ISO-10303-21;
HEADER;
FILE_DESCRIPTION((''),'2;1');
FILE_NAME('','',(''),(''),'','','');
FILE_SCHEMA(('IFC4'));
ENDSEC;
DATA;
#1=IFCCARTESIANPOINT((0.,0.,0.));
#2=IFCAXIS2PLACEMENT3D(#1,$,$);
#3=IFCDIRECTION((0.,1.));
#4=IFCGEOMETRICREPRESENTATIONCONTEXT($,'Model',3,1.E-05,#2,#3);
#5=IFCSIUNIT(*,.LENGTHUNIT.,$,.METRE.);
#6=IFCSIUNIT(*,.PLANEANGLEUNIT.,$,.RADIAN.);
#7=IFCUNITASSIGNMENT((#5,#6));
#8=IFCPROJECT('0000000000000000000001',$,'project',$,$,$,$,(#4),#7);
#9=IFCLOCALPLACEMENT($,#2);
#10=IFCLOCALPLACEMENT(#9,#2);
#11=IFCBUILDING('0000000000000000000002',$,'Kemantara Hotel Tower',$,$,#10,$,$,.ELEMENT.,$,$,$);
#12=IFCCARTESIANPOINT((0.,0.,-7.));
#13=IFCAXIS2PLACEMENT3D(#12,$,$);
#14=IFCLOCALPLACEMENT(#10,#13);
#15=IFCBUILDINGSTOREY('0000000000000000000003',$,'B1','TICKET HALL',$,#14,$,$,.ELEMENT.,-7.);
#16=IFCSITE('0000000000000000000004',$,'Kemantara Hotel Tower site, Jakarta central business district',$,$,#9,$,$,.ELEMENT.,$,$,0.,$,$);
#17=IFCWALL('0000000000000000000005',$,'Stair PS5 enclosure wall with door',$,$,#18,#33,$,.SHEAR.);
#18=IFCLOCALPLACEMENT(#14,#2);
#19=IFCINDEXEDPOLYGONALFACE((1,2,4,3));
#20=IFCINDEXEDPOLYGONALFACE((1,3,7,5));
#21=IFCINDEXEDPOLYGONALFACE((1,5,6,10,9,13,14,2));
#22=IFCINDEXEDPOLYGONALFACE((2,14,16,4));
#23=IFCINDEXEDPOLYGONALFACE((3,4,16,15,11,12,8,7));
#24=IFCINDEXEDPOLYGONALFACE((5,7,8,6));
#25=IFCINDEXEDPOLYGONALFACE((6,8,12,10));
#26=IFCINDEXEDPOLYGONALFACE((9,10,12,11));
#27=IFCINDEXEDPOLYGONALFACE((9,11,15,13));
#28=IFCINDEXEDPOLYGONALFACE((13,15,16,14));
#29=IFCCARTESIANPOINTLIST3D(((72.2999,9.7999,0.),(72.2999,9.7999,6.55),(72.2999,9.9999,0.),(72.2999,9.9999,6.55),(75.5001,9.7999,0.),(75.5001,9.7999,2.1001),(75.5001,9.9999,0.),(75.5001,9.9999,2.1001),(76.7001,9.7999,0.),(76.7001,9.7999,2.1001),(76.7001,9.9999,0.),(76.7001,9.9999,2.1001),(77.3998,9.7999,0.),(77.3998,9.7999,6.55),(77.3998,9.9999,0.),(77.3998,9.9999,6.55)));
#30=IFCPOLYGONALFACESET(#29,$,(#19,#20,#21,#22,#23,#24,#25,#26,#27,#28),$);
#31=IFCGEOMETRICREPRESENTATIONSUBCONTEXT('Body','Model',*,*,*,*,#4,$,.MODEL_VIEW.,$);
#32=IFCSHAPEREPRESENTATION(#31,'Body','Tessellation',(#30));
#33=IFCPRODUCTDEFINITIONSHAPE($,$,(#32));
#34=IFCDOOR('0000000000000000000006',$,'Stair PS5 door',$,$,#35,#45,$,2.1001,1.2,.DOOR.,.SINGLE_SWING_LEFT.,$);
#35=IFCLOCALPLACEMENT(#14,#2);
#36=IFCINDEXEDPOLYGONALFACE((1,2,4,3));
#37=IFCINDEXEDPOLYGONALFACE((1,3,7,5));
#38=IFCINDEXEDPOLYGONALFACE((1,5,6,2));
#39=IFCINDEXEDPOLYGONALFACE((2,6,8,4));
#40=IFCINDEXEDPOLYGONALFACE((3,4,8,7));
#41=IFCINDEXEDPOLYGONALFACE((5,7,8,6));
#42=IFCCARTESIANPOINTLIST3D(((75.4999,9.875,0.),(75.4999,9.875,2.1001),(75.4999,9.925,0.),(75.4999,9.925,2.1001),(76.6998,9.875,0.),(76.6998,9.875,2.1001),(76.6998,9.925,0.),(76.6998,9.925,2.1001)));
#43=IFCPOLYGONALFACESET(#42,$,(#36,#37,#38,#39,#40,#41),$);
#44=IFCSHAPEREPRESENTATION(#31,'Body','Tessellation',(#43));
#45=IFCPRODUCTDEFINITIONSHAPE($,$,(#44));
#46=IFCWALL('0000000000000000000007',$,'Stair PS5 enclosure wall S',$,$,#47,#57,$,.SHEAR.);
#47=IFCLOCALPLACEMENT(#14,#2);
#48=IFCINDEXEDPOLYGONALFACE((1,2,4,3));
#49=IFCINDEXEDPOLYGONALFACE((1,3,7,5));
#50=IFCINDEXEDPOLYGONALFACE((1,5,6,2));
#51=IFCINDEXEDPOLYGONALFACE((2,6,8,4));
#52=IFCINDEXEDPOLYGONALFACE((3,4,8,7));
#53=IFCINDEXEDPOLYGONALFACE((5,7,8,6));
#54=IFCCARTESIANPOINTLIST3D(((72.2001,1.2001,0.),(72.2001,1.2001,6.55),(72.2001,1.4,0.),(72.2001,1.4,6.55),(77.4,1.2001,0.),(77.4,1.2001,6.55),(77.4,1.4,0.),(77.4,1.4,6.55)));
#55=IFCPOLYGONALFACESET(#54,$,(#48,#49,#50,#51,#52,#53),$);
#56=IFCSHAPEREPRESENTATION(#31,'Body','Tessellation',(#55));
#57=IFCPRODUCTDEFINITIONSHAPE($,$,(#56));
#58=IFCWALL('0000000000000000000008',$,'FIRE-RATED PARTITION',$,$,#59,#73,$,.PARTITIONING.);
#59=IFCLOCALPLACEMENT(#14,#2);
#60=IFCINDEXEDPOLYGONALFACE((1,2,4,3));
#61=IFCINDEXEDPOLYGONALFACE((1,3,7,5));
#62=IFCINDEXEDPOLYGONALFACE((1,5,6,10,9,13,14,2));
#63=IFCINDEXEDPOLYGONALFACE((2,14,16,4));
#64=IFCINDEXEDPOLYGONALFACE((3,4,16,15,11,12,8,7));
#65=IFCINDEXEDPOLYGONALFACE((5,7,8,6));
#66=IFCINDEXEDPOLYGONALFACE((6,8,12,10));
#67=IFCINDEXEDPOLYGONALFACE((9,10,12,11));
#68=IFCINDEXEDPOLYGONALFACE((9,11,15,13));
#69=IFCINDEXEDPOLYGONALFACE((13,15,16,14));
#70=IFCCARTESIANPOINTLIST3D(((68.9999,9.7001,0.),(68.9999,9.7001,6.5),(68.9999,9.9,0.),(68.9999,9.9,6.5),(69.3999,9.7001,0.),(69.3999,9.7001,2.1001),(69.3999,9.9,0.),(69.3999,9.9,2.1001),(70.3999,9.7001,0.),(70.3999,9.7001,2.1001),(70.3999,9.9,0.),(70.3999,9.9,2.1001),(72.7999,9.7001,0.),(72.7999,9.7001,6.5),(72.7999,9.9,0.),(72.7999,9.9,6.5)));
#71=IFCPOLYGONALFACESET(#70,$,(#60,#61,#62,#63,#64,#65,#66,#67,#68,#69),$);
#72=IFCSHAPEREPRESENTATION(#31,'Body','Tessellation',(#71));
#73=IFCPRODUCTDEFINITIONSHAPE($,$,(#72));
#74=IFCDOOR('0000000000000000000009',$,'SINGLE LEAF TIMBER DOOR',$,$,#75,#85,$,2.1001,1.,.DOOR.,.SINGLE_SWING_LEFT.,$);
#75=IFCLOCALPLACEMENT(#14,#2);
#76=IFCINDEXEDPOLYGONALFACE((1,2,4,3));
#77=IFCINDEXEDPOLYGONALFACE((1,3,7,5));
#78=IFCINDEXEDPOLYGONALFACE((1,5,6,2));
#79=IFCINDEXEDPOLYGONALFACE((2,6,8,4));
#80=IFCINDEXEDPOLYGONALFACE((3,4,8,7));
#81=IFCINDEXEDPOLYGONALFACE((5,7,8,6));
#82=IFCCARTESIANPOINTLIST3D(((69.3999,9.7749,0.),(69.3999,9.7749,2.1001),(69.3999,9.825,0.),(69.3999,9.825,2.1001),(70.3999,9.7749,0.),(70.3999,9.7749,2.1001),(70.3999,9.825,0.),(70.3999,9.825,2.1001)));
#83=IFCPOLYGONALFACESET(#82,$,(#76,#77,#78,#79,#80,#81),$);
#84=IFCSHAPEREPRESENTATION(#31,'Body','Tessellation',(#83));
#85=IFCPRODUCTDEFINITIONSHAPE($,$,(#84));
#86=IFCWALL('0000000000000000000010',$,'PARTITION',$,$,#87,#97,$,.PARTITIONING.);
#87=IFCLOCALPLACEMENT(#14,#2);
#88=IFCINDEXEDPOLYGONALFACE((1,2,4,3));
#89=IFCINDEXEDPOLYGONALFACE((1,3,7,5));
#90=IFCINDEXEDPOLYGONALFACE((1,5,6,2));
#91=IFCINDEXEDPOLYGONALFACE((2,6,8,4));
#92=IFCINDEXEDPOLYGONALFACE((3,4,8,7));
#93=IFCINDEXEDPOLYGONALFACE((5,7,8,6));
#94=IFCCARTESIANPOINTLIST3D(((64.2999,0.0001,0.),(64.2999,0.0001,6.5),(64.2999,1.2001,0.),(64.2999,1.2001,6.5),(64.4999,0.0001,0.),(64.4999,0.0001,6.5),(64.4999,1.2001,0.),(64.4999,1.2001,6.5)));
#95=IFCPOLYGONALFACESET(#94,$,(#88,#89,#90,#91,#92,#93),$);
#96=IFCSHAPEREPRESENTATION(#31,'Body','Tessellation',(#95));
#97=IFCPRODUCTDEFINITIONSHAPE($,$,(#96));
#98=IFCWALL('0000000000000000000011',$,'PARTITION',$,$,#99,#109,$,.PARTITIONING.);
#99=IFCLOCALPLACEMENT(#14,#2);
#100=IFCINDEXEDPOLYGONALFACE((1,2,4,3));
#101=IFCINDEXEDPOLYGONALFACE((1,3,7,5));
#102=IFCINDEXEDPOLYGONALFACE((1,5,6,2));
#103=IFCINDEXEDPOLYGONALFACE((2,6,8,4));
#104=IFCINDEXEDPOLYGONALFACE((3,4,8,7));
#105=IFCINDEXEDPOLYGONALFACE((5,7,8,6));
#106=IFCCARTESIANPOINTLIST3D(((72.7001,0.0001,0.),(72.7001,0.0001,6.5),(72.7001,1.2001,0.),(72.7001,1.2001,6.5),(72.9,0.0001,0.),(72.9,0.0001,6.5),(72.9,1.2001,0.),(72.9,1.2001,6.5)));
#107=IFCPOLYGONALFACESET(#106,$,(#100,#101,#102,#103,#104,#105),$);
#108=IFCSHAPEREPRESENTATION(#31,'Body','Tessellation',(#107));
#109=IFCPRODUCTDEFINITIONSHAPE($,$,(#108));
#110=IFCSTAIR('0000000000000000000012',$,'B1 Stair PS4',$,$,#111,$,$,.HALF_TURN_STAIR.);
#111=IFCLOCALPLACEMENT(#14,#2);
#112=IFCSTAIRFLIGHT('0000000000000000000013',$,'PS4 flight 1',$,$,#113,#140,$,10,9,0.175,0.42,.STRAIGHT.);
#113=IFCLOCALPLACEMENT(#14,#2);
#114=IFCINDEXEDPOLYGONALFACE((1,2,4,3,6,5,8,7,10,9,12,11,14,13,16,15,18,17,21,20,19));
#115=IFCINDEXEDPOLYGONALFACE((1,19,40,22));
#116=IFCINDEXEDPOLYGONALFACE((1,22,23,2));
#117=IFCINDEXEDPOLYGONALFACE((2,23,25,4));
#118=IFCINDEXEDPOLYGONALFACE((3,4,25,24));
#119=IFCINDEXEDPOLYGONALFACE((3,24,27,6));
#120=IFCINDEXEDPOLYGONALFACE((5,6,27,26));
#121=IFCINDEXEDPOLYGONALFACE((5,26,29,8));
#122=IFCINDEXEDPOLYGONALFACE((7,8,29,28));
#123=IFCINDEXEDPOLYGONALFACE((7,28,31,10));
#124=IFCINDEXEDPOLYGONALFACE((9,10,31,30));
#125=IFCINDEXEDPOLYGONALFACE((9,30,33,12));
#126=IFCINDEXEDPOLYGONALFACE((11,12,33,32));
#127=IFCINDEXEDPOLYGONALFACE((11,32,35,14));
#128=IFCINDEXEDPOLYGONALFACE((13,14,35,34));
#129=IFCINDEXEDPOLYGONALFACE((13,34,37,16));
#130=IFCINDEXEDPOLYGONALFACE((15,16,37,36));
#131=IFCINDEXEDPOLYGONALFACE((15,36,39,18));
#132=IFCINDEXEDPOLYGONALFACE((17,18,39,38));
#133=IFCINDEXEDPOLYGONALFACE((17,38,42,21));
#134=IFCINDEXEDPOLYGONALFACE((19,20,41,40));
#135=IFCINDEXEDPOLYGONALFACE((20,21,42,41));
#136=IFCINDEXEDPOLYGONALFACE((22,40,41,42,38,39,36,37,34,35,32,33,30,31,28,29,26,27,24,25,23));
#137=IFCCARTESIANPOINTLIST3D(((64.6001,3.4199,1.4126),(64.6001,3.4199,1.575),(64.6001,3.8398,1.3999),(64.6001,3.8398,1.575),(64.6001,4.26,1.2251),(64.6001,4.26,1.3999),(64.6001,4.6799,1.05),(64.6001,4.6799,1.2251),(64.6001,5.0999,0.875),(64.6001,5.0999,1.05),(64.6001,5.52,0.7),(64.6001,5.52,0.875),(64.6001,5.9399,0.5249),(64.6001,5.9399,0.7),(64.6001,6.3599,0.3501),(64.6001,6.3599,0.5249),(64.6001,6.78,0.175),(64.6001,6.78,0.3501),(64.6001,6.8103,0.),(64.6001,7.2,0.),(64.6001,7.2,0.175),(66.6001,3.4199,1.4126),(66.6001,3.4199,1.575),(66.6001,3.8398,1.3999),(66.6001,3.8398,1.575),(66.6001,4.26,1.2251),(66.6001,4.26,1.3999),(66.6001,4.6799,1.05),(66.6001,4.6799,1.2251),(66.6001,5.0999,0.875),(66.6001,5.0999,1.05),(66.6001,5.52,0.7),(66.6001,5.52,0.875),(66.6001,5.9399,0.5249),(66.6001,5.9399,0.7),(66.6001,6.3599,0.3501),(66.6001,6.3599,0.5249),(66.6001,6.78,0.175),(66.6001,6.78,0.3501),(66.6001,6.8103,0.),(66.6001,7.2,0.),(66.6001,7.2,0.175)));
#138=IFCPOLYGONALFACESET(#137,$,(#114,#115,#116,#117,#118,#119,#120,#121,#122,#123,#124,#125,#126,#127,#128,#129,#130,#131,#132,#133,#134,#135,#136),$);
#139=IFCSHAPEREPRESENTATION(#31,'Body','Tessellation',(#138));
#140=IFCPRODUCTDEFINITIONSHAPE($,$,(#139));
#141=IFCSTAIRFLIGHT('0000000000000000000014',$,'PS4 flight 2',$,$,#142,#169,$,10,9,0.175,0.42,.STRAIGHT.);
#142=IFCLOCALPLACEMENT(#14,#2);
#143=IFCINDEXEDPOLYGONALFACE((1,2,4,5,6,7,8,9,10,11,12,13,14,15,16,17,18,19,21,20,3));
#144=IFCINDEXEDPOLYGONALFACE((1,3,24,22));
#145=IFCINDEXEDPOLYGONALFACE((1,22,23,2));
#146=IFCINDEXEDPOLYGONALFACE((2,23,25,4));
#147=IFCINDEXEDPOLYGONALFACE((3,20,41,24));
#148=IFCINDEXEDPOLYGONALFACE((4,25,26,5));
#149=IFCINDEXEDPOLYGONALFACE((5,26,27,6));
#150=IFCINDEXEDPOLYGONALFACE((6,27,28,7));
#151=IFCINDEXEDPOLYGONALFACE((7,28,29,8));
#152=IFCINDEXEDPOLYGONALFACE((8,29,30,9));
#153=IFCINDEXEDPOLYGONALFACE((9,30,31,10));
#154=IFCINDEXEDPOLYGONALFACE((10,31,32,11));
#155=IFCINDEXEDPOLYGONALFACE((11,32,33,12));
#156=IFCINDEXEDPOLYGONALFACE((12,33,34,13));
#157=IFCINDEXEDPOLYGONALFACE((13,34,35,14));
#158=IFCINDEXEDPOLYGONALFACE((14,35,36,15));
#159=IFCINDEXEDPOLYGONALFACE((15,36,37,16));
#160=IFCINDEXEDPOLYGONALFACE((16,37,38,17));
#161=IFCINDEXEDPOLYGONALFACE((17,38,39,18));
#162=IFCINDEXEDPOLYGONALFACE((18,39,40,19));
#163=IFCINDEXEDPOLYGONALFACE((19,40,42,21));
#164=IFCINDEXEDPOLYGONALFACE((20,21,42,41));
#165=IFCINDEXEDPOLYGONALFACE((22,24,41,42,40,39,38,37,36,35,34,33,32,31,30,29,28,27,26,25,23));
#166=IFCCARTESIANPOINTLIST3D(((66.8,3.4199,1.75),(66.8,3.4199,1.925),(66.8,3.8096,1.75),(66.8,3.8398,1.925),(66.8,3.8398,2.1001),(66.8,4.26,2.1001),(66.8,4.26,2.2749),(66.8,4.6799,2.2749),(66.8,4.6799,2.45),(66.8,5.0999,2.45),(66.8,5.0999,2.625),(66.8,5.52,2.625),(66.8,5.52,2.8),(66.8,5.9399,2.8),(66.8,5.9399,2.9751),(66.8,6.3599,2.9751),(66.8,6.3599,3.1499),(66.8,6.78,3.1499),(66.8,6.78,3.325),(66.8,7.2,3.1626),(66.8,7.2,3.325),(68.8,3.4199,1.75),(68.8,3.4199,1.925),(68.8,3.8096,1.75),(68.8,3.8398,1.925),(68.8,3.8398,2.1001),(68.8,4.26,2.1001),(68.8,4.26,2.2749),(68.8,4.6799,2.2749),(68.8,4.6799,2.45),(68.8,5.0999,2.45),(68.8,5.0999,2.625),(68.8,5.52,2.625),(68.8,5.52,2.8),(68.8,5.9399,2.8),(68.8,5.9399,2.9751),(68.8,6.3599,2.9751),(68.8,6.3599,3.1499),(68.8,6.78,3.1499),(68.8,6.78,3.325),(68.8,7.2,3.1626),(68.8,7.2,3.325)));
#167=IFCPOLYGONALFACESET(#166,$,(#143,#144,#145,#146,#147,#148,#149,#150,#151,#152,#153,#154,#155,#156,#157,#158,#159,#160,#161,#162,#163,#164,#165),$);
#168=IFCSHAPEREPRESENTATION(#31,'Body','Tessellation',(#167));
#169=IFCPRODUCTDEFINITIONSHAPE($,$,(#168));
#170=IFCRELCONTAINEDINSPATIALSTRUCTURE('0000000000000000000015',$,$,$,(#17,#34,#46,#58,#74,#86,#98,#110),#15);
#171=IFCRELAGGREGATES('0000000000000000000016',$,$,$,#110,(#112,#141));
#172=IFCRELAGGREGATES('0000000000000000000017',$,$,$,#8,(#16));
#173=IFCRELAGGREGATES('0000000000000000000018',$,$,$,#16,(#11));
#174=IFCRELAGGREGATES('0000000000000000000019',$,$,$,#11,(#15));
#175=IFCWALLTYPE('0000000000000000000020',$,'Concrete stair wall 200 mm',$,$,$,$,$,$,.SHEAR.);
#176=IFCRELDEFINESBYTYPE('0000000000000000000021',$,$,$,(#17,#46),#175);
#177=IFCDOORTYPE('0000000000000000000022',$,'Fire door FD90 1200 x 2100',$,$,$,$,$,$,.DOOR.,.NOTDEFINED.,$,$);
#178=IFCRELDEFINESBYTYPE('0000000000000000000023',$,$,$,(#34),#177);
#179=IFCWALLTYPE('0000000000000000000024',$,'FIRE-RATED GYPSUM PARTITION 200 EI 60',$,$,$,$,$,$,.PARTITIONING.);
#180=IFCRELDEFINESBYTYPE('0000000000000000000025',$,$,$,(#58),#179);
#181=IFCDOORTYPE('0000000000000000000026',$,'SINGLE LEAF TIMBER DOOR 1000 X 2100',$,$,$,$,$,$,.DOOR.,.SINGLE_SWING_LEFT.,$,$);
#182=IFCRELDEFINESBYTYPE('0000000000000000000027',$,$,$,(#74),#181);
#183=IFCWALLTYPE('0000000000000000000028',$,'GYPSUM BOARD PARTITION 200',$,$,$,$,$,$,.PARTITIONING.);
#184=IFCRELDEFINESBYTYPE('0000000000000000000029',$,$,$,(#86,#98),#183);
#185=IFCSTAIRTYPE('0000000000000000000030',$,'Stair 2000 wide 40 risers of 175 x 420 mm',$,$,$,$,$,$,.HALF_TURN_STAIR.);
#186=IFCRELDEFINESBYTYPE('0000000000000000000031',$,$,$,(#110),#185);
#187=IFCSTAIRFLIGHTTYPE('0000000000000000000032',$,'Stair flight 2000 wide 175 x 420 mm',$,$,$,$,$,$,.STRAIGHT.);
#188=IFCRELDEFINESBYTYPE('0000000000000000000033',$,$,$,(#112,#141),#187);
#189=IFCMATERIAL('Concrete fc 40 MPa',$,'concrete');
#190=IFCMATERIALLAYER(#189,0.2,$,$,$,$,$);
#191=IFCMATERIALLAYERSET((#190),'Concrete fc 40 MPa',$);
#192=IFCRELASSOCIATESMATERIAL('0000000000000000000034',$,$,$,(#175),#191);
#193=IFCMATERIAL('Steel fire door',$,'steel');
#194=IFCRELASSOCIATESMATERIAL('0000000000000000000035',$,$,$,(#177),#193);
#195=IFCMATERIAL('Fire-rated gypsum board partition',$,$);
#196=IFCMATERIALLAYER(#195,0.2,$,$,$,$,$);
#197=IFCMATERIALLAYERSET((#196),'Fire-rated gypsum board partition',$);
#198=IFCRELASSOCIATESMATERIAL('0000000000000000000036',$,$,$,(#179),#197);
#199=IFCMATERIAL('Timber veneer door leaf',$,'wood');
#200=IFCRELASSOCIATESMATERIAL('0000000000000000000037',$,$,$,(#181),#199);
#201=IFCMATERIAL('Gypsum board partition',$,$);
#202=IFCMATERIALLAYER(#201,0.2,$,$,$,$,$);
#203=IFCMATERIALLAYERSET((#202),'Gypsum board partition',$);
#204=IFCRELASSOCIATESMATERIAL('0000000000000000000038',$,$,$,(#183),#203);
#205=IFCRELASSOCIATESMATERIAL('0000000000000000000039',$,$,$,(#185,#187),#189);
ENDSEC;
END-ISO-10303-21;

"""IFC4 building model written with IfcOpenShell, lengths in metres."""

from ifc_helpers import new_model, si_unit, direction, frame, frame_2d, origin, place, context, subcontext, project, spatial, polyline, rectangle, outline, extrude, material, layer, layer_set, type_object, element, fill, aggregate, save


model = new_model("IFC4")

# Units and contexts
model_context = context("Model", 3, precision=1e-05, world=origin(), true_north=direction((0.0, 1.0)))
body_context = subcontext(model_context, "Body", "Model", "MODEL_VIEW")
ifc_project = project(units=[si_unit("LENGTHUNIT", "METRE"), si_unit("PLANEANGLEUNIT", "RADIAN")], contexts=[model_context])

# Site, building, storey
site_placement = place(None, origin())
site = spatial("IfcSite", under=ifc_project, at=site_placement, Name="Kemantara Hotel Tower site, Jakarta central business district", CompositionType="ELEMENT", RefElevation=0.0)
building_placement = place(site_placement, origin())
building = spatial("IfcBuilding", under=site, at=building_placement, Name="Kemantara Hotel Tower", CompositionType="ELEMENT")
storey_placement = place(building_placement, frame((0.0, 0.0, -7.0)))
storey = spatial("IfcBuildingStorey", under=building, at=storey_placement, Name="B1", Description="TICKET HALL", CompositionType="ELEMENT", Elevation=-7.0)

# Shared definitions
ifc_material_1 = material(Name="Concrete fc 40 MPa", Category="concrete")
ifc_layer_1 = layer(ifc_material_1, 0.2)
ifc_layer_set_1 = layer_set([ifc_layer_1], Name="Concrete fc 40 MPa")
wall_type_1 = type_object("IfcWallType", Name="Concrete stair wall 200 mm", PredefinedType="SHEAR", material=ifc_layer_set_1)
ifc_material_2 = material(Name="Steel fire door", Category="steel")
door_type_1 = type_object("IfcDoorType", Name="Fire door FD90 1200 x 2100", OperationType="NOTDEFINED", PredefinedType="DOOR", material=ifc_material_2)

# Wall, opening, door
wall_1_placement = place(storey_placement, frame((72.3, 9.8999, 0.0), z_axis=(0.0, 0.0, 1.0), x_axis=(1.0, 0.0, 0.0)))
wall_1 = element("IfcWall", 1, at=wall_1_placement, inside=storey, type_object=wall_type_1, Name="Stair PS5 enclosure wall with door", PredefinedType="SHEAR", context=body_context, shape_type="SweptSolid", body=[
    extrude(rectangle(XDim=5.0999, YDim=0.2, at=frame_2d((2.5498, 0.0))), origin(), (0.0, 0.0, 1.0), 6.55),
])
opening_1_placement = place(wall_1_placement, frame((3.2, 0.0, 0.0)))
opening_1 = element("IfcOpeningElement", 2, at=opening_1_placement, cuts=wall_1, PredefinedType="OPENING", context=body_context, shape_type="SweptSolid", body=[
    extrude(rectangle(XDim=1.2, YDim=2.1001, at=frame_2d((0.6001, 1.05))), frame((0.0, 0.1099, 0.0), z_axis=(0.0, -1.0, 0.0), x_axis=(1.0, 0.0, 0.0)), (0.0, 0.0, 1.0), 0.22),
])
door_1_placement = place(opening_1_placement, frame((1.2, 0.0, 0.0), z_axis=(0.0, 0.0, 1.0), x_axis=(-1.0, 0.0, 0.0)))
door_1 = element("IfcDoor", 3, at=door_1_placement, inside=storey, type_object=door_type_1, Name="Stair PS5 door", OperationType="SINGLE_SWING_LEFT", OverallHeight=2.1001, OverallWidth=1.2, PredefinedType="DOOR", context=body_context, shape_type="SweptSolid", body=[
    extrude(rectangle(XDim=1.2, YDim=2.1001, at=frame_2d((0.6001, 1.05))), frame((0.0, 0.0249, 0.0), z_axis=(0.0, -1.0, 0.0), x_axis=(1.0, 0.0, 0.0)), (0.0, 0.0, 1.0), 0.05),
])
fill(opening_1, door_1)

# Wall
wall_2_placement = place(storey_placement, frame((72.2, 1.3, 0.0), z_axis=(0.0, 0.0, 1.0), x_axis=(1.0, 0.0, 0.0)))
element("IfcWall", 4, at=wall_2_placement, inside=storey, type_object=wall_type_1, Name="Stair PS5 enclosure wall S", PredefinedType="SHEAR", context=body_context, shape_type="SweptSolid", body=[
    extrude(rectangle(XDim=5.2, YDim=0.2, at=frame_2d((2.6001, 0.0))), origin(), (0.0, 0.0, 1.0), 6.55),
])

# Wall, opening, door
ifc_material_3 = material(Name="Fire-rated gypsum board partition")
ifc_layer_2 = layer(ifc_material_3, 0.2)
ifc_layer_set_2 = layer_set([ifc_layer_2], Name="Fire-rated gypsum board partition")
wall_type_2 = type_object("IfcWallType", Name="FIRE-RATED GYPSUM PARTITION 200 EI 60", PredefinedType="PARTITIONING", material=ifc_layer_set_2)
wall_3_placement = place(storey_placement, frame((69.0, 9.8, 0.0), z_axis=(0.0, 0.0, 1.0), x_axis=(1.0, 0.0, 0.0)))
wall_3 = element("IfcWall", 5, at=wall_3_placement, inside=storey, type_object=wall_type_2, Name="FIRE-RATED PARTITION", PredefinedType="PARTITIONING", context=body_context, shape_type="SweptSolid", body=[
    extrude(rectangle(XDim=3.8, YDim=0.2, at=frame_2d((1.8999, 0.0))), origin(), (0.0, 0.0, 1.0), 6.5),
])
opening_2_placement = place(wall_3_placement, frame((0.3999, 0.0, 0.0)))
opening_2 = element("IfcOpeningElement", 6, at=opening_2_placement, cuts=wall_3, PredefinedType="OPENING", context=body_context, shape_type="SweptSolid", body=[
    extrude(rectangle(XDim=1.0, YDim=2.1001, at=frame_2d((0.5, 1.05))), frame((0.0, 0.1099, 0.0), z_axis=(0.0, -1.0, 0.0), x_axis=(1.0, 0.0, 0.0)), (0.0, 0.0, 1.0), 0.22),
])
ifc_material_4 = material(Name="Timber veneer door leaf", Category="wood")
door_type_2 = type_object("IfcDoorType", Name="SINGLE LEAF TIMBER DOOR 1000 X 2100", OperationType="SINGLE_SWING_LEFT", PredefinedType="DOOR", material=ifc_material_4)
door_2_placement = place(opening_2_placement, origin())
door_2 = element("IfcDoor", 7, at=door_2_placement, inside=storey, type_object=door_type_2, Name="SINGLE LEAF TIMBER DOOR", OperationType="SINGLE_SWING_LEFT", OverallHeight=2.1001, OverallWidth=1.0, PredefinedType="DOOR", context=body_context, shape_type="SweptSolid", body=[
    extrude(rectangle(XDim=1.0, YDim=2.1001, at=frame_2d((0.5, 1.05))), frame((0.0, 0.0249, 0.0), z_axis=(0.0, -1.0, 0.0), x_axis=(1.0, 0.0, 0.0)), (0.0, 0.0, 1.0), 0.05),
])
fill(opening_2, door_2)

# Walls
ifc_material_5 = material(Name="Gypsum board partition")
ifc_layer_3 = layer(ifc_material_5, 0.2)
ifc_layer_set_3 = layer_set([ifc_layer_3], Name="Gypsum board partition")
wall_type_3 = type_object("IfcWallType", Name="GYPSUM BOARD PARTITION 200", PredefinedType="PARTITIONING", material=ifc_layer_set_3)
for number, where, z_axis, x_axis, name in (
    (8, (64.3999, 0.0, 0.0), (0.0, 0.0, 1.0), (0.0, 1.0, 0.0), "PARTITION"),
    (9, (72.8, 0.0, 0.0), (0.0, 0.0, 1.0), (0.0, 1.0, 0.0), "PARTITION"),
):
    element("IfcWall", number, at=place(storey_placement, frame(where, z_axis=z_axis, x_axis=x_axis)), inside=storey, type_object=wall_type_3, Name=name, PredefinedType="PARTITIONING", context=body_context, shape_type="SweptSolid", body=[
        extrude(rectangle(XDim=1.2, YDim=0.2, at=frame_2d((0.6001, 0.0))), origin(), (0.0, 0.0, 1.0), 6.5),
    ])

# Stair, stair flights
stair_type = type_object("IfcStairType", Name="Stair 2000 wide 40 risers of 175 x 420 mm", PredefinedType="HALF_TURN_STAIR", material=ifc_material_1)
stair_placement = place(storey_placement, origin())
stair = element("IfcStair", 10, at=stair_placement, inside=storey, type_object=stair_type, Name="B1 Stair PS4", PredefinedType="HALF_TURN_STAIR")
stair_flight_type = type_object("IfcStairFlightType", Name="Stair flight 2000 wide 175 x 420 mm", PredefinedType="STRAIGHT", material=ifc_material_1)
stair_flight_1_placement = place(storey_placement, frame((65.6001, 7.2, 0.0), z_axis=(0.0, 0.0, 1.0), x_axis=(0.0, -1.0, 0.0)))
stair_flight_1 = element("IfcStairFlight", 11, at=stair_flight_1_placement, type_object=stair_flight_type, Name="PS4 flight 1", NumberOfRisers=10, NumberOfTreads=9, PredefinedType="STRAIGHT", RiserHeight=0.175, TreadLength=0.42, context=body_context, shape_type="SweptSolid", body=[
    extrude(outline(polyline([(0.0, 0.0), (0.0, 0.175), (0.4199, 0.175), (0.4199, 0.3501), (0.8401, 0.3501), (0.8401, 0.5249), (1.26, 0.5249), (1.26, 0.7), (1.6799, 0.7), (1.6799, 0.875), (2.1001, 0.875), (2.1001, 1.05), (2.52, 1.05), (2.52, 1.2251), (2.9399, 1.2251), (2.9399, 1.3999), (3.3601, 1.3999), (3.3601, 1.575), (3.78, 1.575), (3.78, 1.75), (3.78, 1.4126), (0.3896, 0.0), (0.0, 0.0)])), frame((0.0, 1.0, 0.0), z_axis=(0.0, -1.0, 0.0), x_axis=(1.0, 0.0, 0.0)), (0.0, 0.0, 1.0), 2.0),
])
stair_flight_2_placement = place(storey_placement, frame((67.8, 3.4199, 1.75), z_axis=(0.0, 0.0, 1.0), x_axis=(0.0, 1.0, 0.0)))
stair_flight_2 = element("IfcStairFlight", 12, at=stair_flight_2_placement, type_object=stair_flight_type, Name="PS4 flight 2", NumberOfRisers=10, NumberOfTreads=9, PredefinedType="STRAIGHT", RiserHeight=0.175, TreadLength=0.42, context=body_context, shape_type="SweptSolid", body=[
    extrude(outline(polyline([(0.0, 0.0), (0.0, 0.175), (0.4199, 0.175), (0.4199, 0.3501), (0.8401, 0.3501), (0.8401, 0.5249), (1.26, 0.5249), (1.26, 0.7), (1.6799, 0.7), (1.6799, 0.875), (2.1001, 0.875), (2.1001, 1.05), (2.52, 1.05), (2.52, 1.2251), (2.9399, 1.2251), (2.9399, 1.3999), (3.3601, 1.3999), (3.3601, 1.575), (3.78, 1.575), (3.78, 1.75), (3.78, 1.4126), (0.3896, 0.0), (0.0, 0.0)])), frame((0.0, 1.0, 0.0), z_axis=(0.0, -1.0, 0.0), x_axis=(1.0, 0.0, 0.0)), (0.0, 0.0, 1.0), 2.0),
])
aggregate(stair, [stair_flight_1, stair_flight_2])

save(model, "model.ifc")
